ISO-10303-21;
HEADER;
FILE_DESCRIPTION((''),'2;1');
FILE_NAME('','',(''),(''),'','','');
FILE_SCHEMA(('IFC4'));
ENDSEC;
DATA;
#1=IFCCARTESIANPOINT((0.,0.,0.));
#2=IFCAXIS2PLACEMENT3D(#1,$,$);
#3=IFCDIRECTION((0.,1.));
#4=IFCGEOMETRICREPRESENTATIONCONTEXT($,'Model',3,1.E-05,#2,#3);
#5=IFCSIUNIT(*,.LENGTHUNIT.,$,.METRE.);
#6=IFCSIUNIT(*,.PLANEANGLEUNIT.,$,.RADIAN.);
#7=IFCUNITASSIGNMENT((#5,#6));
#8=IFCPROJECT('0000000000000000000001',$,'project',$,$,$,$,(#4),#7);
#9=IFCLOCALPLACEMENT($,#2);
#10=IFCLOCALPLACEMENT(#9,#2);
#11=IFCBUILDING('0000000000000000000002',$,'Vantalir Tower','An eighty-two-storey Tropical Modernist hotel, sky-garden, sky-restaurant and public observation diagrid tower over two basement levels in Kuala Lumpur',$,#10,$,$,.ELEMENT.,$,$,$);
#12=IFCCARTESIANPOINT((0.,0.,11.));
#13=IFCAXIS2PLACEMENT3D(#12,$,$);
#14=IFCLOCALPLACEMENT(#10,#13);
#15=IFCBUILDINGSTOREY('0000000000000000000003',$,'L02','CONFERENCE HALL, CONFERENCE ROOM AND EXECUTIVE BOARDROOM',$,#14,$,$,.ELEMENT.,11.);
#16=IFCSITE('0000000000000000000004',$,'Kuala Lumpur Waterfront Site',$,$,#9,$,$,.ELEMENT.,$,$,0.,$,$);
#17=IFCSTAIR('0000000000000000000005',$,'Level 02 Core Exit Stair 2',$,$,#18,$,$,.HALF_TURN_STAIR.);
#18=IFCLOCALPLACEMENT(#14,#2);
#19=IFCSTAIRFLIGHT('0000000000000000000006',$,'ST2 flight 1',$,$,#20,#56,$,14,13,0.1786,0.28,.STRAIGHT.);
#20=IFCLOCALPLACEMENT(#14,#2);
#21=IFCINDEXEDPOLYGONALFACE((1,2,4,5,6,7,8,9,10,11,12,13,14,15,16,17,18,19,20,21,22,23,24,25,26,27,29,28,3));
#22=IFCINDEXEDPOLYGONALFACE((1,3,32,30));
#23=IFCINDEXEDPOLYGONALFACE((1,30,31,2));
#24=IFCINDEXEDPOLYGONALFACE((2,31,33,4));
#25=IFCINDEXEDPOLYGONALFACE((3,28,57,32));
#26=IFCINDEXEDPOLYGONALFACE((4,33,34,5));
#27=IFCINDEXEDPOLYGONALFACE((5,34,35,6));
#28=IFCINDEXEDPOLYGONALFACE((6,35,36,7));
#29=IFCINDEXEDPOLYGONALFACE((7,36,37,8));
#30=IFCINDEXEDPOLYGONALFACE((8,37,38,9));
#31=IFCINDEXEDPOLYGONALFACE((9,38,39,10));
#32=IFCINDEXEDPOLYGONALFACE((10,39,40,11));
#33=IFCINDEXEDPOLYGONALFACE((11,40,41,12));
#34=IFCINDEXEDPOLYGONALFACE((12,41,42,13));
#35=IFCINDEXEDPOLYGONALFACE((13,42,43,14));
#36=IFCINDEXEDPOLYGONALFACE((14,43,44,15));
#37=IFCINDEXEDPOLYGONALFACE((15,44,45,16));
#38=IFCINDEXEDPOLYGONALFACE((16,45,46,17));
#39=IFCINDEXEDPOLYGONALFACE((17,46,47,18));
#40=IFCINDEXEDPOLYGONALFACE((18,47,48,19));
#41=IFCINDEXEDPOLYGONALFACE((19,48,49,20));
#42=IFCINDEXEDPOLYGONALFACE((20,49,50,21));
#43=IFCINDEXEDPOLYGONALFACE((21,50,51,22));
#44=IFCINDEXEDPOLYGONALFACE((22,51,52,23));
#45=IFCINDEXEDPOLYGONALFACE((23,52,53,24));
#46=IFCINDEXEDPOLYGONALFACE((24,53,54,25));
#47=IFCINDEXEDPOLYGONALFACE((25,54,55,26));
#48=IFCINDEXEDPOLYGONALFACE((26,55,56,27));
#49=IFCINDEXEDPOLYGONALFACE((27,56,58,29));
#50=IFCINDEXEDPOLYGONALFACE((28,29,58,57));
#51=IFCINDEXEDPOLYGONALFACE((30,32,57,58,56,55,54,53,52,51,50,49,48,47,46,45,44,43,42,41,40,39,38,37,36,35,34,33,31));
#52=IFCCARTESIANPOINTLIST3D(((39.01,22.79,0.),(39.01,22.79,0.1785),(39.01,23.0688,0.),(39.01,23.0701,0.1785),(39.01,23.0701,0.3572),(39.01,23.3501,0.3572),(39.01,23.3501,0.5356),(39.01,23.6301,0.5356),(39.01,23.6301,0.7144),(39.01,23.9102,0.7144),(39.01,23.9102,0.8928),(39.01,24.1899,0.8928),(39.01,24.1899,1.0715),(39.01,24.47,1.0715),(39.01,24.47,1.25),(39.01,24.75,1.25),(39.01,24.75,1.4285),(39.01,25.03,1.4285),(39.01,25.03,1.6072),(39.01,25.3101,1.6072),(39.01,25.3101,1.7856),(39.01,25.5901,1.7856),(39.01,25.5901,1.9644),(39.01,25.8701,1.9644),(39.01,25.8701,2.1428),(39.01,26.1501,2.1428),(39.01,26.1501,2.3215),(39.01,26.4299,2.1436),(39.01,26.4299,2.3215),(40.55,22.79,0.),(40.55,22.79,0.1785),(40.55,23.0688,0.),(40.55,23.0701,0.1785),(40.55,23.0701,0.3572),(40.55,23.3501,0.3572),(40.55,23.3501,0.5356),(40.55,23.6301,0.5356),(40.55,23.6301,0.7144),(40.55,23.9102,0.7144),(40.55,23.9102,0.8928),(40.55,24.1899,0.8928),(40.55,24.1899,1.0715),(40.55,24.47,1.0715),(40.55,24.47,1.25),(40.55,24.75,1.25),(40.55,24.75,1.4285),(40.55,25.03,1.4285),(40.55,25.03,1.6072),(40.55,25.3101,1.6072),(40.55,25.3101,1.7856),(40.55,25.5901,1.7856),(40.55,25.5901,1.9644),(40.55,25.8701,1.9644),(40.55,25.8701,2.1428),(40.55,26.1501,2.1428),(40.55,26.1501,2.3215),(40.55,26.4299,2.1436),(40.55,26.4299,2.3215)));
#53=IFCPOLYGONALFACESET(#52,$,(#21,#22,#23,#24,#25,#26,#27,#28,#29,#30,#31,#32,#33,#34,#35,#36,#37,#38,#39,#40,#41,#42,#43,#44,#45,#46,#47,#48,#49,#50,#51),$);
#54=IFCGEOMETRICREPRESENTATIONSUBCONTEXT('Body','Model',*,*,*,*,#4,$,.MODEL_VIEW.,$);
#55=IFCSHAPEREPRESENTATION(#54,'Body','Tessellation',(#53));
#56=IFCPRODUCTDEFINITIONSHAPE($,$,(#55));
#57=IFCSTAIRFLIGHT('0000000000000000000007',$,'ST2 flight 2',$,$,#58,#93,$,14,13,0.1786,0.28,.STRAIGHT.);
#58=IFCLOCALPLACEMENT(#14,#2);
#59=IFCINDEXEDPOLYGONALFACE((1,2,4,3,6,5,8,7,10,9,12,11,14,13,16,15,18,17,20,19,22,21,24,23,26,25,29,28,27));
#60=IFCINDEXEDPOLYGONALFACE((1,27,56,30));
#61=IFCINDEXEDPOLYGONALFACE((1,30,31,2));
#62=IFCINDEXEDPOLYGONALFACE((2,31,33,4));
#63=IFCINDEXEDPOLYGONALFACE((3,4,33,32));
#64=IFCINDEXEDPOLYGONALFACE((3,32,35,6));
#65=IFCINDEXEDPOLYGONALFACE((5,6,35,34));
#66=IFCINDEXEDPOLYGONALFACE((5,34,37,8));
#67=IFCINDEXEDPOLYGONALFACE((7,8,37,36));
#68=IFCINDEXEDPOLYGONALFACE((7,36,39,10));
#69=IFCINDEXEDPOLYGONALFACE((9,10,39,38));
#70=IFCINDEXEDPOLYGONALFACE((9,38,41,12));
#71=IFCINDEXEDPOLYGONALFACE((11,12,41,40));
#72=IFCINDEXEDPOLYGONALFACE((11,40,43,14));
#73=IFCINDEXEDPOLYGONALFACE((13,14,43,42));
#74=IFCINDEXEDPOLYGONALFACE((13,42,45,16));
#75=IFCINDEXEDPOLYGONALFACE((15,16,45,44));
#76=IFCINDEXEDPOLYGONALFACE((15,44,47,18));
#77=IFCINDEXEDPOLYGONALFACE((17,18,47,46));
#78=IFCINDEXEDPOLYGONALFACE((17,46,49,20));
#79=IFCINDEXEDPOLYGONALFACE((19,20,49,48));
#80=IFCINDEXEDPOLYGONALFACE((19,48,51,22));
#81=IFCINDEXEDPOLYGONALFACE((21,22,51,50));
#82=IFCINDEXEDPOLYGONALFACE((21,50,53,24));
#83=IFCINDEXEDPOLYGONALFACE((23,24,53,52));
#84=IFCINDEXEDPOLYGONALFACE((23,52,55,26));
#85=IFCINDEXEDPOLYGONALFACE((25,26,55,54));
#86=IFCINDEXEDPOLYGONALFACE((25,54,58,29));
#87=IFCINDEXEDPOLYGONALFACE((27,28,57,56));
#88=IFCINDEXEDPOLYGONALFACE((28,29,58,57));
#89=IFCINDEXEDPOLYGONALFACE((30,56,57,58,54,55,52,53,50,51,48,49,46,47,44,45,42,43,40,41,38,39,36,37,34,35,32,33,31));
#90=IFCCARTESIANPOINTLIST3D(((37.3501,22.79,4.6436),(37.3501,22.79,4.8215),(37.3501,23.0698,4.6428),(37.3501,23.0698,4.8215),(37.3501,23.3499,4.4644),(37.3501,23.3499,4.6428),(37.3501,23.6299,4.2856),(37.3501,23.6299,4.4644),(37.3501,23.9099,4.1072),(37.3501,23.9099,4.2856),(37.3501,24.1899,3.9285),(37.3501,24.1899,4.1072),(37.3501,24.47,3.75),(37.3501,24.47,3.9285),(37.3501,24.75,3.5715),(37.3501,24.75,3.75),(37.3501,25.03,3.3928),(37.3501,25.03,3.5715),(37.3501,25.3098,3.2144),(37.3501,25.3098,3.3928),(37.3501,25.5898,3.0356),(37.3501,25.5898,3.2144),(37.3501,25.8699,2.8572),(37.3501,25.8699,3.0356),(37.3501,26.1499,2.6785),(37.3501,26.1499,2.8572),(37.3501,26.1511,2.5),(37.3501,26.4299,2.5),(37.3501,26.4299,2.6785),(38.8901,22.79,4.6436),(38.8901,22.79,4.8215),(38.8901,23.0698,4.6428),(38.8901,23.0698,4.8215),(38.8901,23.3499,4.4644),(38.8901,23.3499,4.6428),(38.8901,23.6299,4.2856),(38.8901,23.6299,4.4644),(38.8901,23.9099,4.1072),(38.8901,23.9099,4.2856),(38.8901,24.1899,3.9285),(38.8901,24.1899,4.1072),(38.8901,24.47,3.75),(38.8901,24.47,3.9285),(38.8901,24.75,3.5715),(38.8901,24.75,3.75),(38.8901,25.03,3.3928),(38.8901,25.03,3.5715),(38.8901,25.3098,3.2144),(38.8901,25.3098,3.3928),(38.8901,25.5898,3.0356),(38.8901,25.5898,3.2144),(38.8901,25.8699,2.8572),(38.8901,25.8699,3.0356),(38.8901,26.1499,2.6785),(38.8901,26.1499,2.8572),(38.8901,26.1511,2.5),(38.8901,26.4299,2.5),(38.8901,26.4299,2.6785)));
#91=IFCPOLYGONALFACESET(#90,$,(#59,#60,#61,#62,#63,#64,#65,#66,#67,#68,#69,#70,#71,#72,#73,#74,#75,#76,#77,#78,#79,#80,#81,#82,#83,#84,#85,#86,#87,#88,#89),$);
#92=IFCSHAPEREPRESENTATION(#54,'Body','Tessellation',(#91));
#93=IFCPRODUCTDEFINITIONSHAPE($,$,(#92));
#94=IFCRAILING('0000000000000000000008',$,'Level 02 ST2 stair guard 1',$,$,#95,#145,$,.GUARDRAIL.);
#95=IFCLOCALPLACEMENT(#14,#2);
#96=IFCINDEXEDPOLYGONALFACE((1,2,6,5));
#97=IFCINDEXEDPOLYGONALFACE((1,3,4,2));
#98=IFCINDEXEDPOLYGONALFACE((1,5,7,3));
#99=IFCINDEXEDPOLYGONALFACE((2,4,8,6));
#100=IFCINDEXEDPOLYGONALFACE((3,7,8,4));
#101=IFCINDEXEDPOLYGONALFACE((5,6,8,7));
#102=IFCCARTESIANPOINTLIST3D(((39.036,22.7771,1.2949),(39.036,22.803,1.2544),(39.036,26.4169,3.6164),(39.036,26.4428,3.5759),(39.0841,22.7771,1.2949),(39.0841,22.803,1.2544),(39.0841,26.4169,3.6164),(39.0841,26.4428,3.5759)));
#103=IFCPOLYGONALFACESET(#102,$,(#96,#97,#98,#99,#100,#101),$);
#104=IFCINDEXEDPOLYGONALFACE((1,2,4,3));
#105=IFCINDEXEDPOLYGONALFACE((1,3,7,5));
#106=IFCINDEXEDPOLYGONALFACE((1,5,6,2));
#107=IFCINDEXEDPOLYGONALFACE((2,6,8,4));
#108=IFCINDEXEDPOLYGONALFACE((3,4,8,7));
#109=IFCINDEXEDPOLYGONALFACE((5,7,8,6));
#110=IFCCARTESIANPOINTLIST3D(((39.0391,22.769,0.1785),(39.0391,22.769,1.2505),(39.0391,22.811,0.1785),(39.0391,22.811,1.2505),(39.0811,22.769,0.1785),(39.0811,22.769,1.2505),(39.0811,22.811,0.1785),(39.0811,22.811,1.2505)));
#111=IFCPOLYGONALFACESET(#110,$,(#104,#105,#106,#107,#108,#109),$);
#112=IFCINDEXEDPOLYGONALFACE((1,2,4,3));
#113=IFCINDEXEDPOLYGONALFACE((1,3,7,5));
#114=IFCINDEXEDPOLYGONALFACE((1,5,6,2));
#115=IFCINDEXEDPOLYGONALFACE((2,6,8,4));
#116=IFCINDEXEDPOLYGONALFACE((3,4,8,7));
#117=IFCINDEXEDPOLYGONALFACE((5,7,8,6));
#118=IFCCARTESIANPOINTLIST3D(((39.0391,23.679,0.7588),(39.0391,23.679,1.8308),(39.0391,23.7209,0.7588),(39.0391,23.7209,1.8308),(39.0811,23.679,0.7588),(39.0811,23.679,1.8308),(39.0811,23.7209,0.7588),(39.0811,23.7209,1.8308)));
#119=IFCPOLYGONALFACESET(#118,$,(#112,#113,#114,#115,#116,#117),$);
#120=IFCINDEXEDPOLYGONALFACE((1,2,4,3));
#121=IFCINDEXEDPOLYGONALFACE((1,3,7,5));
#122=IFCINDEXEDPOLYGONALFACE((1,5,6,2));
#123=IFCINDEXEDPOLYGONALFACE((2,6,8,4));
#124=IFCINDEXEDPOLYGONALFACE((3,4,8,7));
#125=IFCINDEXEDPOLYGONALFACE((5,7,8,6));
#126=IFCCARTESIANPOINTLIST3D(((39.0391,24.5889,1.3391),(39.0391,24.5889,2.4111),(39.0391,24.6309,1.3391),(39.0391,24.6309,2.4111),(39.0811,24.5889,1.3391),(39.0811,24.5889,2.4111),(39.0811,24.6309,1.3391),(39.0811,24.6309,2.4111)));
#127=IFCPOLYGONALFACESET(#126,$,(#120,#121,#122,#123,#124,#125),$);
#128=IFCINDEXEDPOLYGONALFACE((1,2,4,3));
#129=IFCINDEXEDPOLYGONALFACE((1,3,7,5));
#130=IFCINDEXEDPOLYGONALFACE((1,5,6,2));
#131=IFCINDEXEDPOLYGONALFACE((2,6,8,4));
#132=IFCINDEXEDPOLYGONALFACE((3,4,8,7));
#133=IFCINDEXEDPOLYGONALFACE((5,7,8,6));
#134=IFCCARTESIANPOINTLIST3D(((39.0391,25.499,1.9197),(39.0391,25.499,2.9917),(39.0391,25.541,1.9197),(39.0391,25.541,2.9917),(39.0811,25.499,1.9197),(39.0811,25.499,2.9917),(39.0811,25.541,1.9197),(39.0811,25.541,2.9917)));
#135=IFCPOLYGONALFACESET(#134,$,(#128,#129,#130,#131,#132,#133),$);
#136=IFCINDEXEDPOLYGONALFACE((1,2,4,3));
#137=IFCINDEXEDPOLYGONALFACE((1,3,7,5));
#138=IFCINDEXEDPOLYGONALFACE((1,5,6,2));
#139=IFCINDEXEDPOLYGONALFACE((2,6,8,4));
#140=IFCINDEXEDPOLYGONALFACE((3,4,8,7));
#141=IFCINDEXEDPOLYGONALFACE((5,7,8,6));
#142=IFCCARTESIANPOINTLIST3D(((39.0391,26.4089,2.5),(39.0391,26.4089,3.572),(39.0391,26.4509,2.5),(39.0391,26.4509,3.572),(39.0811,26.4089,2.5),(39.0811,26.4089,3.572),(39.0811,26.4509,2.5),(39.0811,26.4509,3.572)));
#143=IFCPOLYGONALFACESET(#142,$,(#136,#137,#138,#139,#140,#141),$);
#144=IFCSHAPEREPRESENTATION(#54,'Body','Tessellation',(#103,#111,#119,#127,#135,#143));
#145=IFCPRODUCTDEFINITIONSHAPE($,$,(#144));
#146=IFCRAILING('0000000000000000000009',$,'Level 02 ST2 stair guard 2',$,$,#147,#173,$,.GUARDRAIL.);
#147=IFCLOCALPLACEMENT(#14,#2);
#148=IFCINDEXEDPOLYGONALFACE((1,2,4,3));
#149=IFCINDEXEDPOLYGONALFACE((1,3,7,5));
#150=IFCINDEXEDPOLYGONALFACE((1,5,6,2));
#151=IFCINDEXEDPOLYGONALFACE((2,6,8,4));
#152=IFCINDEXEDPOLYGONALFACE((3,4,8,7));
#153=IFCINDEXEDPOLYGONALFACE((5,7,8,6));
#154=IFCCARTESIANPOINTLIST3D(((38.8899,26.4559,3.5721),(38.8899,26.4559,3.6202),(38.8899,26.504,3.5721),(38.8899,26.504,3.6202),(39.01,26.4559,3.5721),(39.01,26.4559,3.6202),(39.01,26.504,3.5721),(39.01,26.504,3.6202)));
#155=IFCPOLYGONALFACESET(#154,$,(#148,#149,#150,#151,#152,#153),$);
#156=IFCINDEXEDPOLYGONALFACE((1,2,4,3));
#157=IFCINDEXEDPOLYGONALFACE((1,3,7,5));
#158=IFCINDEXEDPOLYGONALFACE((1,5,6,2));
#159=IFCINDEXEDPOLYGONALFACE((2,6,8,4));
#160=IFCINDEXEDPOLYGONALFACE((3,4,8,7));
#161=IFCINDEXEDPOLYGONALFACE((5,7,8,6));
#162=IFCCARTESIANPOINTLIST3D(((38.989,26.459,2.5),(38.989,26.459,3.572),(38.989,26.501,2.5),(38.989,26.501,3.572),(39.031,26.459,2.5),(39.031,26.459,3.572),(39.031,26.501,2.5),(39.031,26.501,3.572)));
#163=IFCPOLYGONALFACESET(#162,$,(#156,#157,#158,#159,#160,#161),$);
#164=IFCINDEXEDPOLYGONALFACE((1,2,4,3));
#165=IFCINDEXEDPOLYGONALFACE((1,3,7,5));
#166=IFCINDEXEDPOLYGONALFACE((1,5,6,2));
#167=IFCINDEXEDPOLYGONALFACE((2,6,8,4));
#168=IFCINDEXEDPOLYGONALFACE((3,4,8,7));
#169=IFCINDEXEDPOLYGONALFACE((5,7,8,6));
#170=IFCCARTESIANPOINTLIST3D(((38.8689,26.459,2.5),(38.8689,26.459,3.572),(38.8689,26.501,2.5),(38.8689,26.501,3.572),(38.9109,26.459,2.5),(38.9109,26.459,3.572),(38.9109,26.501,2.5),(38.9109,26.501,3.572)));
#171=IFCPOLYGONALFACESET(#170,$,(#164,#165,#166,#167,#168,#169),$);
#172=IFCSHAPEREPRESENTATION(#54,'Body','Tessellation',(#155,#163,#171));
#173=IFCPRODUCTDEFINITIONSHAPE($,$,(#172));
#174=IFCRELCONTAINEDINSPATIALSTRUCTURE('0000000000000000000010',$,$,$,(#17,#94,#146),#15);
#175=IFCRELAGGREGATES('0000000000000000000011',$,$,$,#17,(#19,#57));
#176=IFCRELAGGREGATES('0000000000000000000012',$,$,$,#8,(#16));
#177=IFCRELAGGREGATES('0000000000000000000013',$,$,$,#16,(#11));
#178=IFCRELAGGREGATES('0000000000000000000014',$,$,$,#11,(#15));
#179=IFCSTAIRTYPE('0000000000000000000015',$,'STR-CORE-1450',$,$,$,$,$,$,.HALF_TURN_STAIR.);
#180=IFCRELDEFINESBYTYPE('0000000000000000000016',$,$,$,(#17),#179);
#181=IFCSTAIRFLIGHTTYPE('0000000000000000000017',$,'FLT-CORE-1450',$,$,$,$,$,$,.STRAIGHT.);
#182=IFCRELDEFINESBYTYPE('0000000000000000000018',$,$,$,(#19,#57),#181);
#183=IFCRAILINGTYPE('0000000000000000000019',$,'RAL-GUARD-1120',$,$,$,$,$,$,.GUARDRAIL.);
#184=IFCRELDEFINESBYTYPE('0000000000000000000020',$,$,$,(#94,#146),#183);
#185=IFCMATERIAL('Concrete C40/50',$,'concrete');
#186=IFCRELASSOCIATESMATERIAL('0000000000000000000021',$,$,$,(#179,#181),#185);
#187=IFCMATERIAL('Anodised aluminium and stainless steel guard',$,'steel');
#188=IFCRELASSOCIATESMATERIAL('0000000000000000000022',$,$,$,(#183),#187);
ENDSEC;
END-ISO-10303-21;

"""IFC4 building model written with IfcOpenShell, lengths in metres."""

from ifc_helpers import new_model, si_unit, direction, frame, origin, origin_2d, place, context, subcontext, project, spatial, polyline, rectangle, outline, extrude, material, type_object, element, aggregate, save


model = new_model("IFC4")

# Units and contexts
model_context = context("Model", 3, precision=1e-05, world=origin(), true_north=direction((0.0, 1.0)))
body_context = subcontext(model_context, "Body", "Model", "MODEL_VIEW")
ifc_project = project(units=[si_unit("LENGTHUNIT", "METRE"), si_unit("PLANEANGLEUNIT", "RADIAN")], contexts=[model_context])

# Site, building, storey
site_placement = place(None, origin())
site = spatial("IfcSite", under=ifc_project, at=site_placement, Name="Kuala Lumpur Waterfront Site", CompositionType="ELEMENT", RefElevation=0.0)
building_placement = place(site_placement, origin())
building = spatial("IfcBuilding", under=site, at=building_placement, Name="Vantalir Tower", Description="An eighty-two-storey Tropical Modernist hotel, sky-garden, sky-restaurant and public observation diagrid tower over two basement levels in Kuala Lumpur", CompositionType="ELEMENT")
storey_placement = place(building_placement, frame((0.0, 0.0, 11.0)))
storey = spatial("IfcBuildingStorey", under=building, at=storey_placement, Name="L02", Description="CONFERENCE HALL, CONFERENCE ROOM AND EXECUTIVE BOARDROOM", CompositionType="ELEMENT", Elevation=11.0)

# Stair, stair flights
ifc_material_1 = material(Name="Concrete C40/50", Category="concrete")
stair_type = type_object("IfcStairType", Name="STR-CORE-1450", PredefinedType="HALF_TURN_STAIR", material=ifc_material_1)
stair_placement = place(storey_placement, origin())
stair = element("IfcStair", 1, at=stair_placement, inside=storey, type_object=stair_type, Name="Level 02 Core Exit Stair 2", PredefinedType="HALF_TURN_STAIR")
stair_flight_type = type_object("IfcStairFlightType", Name="FLT-CORE-1450", PredefinedType="STRAIGHT", material=ifc_material_1)
stair_flight_1_placement = place(storey_placement, frame((39.78, 22.79, 0.0), z_axis=(0.0, 0.0, 1.0), x_axis=(0.0, 1.0, 0.0)))
stair_flight_1 = element("IfcStairFlight", 2, at=stair_flight_1_placement, type_object=stair_flight_type, Name="ST2 flight 1", NumberOfRisers=14, NumberOfTreads=13, PredefinedType="STRAIGHT", RiserHeight=0.1786, TreadLength=0.28, context=body_context, shape_type="SweptSolid", body=[
    extrude(outline(polyline([(0.0, 0.0), (0.0, 0.1785), (0.28, 0.1785), (0.28, 0.3572), (0.5601, 0.3572), (0.5601, 0.5356), (0.8401, 0.5356), (0.8401, 0.7144), (1.1201, 0.7144), (1.1201, 0.8928), (1.3999, 0.8928), (1.3999, 1.0715), (1.6799, 1.0715), (1.6799, 1.25), (1.96, 1.25), (1.96, 1.4285), (2.24, 1.4285), (2.24, 1.6072), (2.52, 1.6072), (2.52, 1.7856), (2.8, 1.7856), (2.8, 1.9644), (3.0801, 1.9644), (3.0801, 2.1428), (3.3601, 2.1428), (3.3601, 2.3215), (3.6399, 2.3215), (3.6399, 2.5), (3.6399, 2.1436), (0.2788, 0.0), (0.0, 0.0)])), frame((0.0, 0.77, 0.0), z_axis=(0.0, -1.0, 0.0), x_axis=(1.0, 0.0, 0.0)), (0.0, 0.0, 1.0), 1.54),
])
stair_flight_2_placement = place(storey_placement, frame((38.1201, 26.4299, 2.5), z_axis=(0.0, 0.0, 1.0), x_axis=(0.0, -1.0, 0.0)))
stair_flight_2 = element("IfcStairFlight", 3, at=stair_flight_2_placement, type_object=stair_flight_type, Name="ST2 flight 2", NumberOfRisers=14, NumberOfTreads=13, PredefinedType="STRAIGHT", RiserHeight=0.1786, TreadLength=0.28, context=body_context, shape_type="SweptSolid", body=[
    extrude(outline(polyline([(0.0, 0.0), (0.0, 0.1785), (0.28, 0.1785), (0.28, 0.3572), (0.5601, 0.3572), (0.5601, 0.5356), (0.8401, 0.5356), (0.8401, 0.7144), (1.1201, 0.7144), (1.1201, 0.8928), (1.3999, 0.8928), (1.3999, 1.0715), (1.6799, 1.0715), (1.6799, 1.25), (1.96, 1.25), (1.96, 1.4285), (2.24, 1.4285), (2.24, 1.6072), (2.52, 1.6072), (2.52, 1.7856), (2.8, 1.7856), (2.8, 1.9644), (3.0801, 1.9644), (3.0801, 2.1428), (3.3601, 2.1428), (3.3601, 2.3215), (3.6399, 2.3215), (3.6399, 2.5), (3.6399, 2.1436), (0.2788, 0.0), (0.0, 0.0)])), frame((0.0, 0.77, 0.0), z_axis=(0.0, -1.0, 0.0), x_axis=(1.0, 0.0, 0.0)), (0.0, 0.0, 1.0), 1.54),
])
aggregate(stair, [stair_flight_1, stair_flight_2])

# Railings
ifc_material_2 = material(Name="Anodised aluminium and stainless steel guard", Category="steel")
railing_type_1 = type_object("IfcRailingType", Name="RAL-GUARD-1120", PredefinedType="GUARDRAIL", material=ifc_material_2)
railing_1_placement = place(storey_placement, frame((39.0601, 22.79, 0.1785)))
element("IfcRailing", 4, at=railing_1_placement, inside=storey, type_object=railing_type_1, Name="Level 02 ST2 stair guard 1", PredefinedType="GUARDRAIL", context=body_context, shape_type="SweptSolid", body=[
    extrude(rectangle(XDim=0.0481, YDim=0.0481, at=origin_2d()), frame((0.0, 0.0, 1.0962), z_axis=(0.0, 0.843112, 0.537739), x_axis=(-1.0, 0.0, 0.0)), (0.0, 0.0, 1.0), 4.3171),
    extrude(rectangle(XDim=0.042, YDim=0.042, at=origin_2d()), origin(), (0.0, 0.0, 1.0), 1.072),
    extrude(rectangle(XDim=0.042, YDim=0.042, at=origin_2d()), frame((0.0, 0.9099, 0.5803)), (0.0, 0.0, 1.0), 1.072),
    extrude(rectangle(XDim=0.042, YDim=0.042, at=origin_2d()), frame((0.0, 1.8198, 1.1606)), (0.0, 0.0, 1.0), 1.072),
    extrude(rectangle(XDim=0.042, YDim=0.042, at=origin_2d()), frame((0.0, 2.73, 1.7412)), (0.0, 0.0, 1.0), 1.072),
    extrude(rectangle(XDim=0.042, YDim=0.042, at=origin_2d()), frame((0.0, 3.6399, 2.3215)), (0.0, 0.0, 1.0), 1.072),
])
railing_2_placement = place(storey_placement, frame((39.01, 26.48, 2.5)))
element("IfcRailing", 5, at=railing_2_placement, inside=storey, type_object=railing_type_1, Name="Level 02 ST2 stair guard 2", PredefinedType="GUARDRAIL", context=body_context, shape_type="SweptSolid", body=[
    extrude(rectangle(XDim=0.0481, YDim=0.0481, at=origin_2d()), frame((0.0, 0.0, 1.0962), z_axis=(-1.0, 0.0, 0.0), x_axis=(0.0, -1.0, 0.0)), (0.0, 0.0, 1.0), 0.1201),
    extrude(rectangle(XDim=0.042, YDim=0.042, at=origin_2d()), origin(), (0.0, 0.0, 1.0), 1.072),
    extrude(rectangle(XDim=0.042, YDim=0.042, at=origin_2d()), frame((-0.1201, 0.0, 0.0)), (0.0, 0.0, 1.0), 1.072),
])

save(model, "model.ifc")
